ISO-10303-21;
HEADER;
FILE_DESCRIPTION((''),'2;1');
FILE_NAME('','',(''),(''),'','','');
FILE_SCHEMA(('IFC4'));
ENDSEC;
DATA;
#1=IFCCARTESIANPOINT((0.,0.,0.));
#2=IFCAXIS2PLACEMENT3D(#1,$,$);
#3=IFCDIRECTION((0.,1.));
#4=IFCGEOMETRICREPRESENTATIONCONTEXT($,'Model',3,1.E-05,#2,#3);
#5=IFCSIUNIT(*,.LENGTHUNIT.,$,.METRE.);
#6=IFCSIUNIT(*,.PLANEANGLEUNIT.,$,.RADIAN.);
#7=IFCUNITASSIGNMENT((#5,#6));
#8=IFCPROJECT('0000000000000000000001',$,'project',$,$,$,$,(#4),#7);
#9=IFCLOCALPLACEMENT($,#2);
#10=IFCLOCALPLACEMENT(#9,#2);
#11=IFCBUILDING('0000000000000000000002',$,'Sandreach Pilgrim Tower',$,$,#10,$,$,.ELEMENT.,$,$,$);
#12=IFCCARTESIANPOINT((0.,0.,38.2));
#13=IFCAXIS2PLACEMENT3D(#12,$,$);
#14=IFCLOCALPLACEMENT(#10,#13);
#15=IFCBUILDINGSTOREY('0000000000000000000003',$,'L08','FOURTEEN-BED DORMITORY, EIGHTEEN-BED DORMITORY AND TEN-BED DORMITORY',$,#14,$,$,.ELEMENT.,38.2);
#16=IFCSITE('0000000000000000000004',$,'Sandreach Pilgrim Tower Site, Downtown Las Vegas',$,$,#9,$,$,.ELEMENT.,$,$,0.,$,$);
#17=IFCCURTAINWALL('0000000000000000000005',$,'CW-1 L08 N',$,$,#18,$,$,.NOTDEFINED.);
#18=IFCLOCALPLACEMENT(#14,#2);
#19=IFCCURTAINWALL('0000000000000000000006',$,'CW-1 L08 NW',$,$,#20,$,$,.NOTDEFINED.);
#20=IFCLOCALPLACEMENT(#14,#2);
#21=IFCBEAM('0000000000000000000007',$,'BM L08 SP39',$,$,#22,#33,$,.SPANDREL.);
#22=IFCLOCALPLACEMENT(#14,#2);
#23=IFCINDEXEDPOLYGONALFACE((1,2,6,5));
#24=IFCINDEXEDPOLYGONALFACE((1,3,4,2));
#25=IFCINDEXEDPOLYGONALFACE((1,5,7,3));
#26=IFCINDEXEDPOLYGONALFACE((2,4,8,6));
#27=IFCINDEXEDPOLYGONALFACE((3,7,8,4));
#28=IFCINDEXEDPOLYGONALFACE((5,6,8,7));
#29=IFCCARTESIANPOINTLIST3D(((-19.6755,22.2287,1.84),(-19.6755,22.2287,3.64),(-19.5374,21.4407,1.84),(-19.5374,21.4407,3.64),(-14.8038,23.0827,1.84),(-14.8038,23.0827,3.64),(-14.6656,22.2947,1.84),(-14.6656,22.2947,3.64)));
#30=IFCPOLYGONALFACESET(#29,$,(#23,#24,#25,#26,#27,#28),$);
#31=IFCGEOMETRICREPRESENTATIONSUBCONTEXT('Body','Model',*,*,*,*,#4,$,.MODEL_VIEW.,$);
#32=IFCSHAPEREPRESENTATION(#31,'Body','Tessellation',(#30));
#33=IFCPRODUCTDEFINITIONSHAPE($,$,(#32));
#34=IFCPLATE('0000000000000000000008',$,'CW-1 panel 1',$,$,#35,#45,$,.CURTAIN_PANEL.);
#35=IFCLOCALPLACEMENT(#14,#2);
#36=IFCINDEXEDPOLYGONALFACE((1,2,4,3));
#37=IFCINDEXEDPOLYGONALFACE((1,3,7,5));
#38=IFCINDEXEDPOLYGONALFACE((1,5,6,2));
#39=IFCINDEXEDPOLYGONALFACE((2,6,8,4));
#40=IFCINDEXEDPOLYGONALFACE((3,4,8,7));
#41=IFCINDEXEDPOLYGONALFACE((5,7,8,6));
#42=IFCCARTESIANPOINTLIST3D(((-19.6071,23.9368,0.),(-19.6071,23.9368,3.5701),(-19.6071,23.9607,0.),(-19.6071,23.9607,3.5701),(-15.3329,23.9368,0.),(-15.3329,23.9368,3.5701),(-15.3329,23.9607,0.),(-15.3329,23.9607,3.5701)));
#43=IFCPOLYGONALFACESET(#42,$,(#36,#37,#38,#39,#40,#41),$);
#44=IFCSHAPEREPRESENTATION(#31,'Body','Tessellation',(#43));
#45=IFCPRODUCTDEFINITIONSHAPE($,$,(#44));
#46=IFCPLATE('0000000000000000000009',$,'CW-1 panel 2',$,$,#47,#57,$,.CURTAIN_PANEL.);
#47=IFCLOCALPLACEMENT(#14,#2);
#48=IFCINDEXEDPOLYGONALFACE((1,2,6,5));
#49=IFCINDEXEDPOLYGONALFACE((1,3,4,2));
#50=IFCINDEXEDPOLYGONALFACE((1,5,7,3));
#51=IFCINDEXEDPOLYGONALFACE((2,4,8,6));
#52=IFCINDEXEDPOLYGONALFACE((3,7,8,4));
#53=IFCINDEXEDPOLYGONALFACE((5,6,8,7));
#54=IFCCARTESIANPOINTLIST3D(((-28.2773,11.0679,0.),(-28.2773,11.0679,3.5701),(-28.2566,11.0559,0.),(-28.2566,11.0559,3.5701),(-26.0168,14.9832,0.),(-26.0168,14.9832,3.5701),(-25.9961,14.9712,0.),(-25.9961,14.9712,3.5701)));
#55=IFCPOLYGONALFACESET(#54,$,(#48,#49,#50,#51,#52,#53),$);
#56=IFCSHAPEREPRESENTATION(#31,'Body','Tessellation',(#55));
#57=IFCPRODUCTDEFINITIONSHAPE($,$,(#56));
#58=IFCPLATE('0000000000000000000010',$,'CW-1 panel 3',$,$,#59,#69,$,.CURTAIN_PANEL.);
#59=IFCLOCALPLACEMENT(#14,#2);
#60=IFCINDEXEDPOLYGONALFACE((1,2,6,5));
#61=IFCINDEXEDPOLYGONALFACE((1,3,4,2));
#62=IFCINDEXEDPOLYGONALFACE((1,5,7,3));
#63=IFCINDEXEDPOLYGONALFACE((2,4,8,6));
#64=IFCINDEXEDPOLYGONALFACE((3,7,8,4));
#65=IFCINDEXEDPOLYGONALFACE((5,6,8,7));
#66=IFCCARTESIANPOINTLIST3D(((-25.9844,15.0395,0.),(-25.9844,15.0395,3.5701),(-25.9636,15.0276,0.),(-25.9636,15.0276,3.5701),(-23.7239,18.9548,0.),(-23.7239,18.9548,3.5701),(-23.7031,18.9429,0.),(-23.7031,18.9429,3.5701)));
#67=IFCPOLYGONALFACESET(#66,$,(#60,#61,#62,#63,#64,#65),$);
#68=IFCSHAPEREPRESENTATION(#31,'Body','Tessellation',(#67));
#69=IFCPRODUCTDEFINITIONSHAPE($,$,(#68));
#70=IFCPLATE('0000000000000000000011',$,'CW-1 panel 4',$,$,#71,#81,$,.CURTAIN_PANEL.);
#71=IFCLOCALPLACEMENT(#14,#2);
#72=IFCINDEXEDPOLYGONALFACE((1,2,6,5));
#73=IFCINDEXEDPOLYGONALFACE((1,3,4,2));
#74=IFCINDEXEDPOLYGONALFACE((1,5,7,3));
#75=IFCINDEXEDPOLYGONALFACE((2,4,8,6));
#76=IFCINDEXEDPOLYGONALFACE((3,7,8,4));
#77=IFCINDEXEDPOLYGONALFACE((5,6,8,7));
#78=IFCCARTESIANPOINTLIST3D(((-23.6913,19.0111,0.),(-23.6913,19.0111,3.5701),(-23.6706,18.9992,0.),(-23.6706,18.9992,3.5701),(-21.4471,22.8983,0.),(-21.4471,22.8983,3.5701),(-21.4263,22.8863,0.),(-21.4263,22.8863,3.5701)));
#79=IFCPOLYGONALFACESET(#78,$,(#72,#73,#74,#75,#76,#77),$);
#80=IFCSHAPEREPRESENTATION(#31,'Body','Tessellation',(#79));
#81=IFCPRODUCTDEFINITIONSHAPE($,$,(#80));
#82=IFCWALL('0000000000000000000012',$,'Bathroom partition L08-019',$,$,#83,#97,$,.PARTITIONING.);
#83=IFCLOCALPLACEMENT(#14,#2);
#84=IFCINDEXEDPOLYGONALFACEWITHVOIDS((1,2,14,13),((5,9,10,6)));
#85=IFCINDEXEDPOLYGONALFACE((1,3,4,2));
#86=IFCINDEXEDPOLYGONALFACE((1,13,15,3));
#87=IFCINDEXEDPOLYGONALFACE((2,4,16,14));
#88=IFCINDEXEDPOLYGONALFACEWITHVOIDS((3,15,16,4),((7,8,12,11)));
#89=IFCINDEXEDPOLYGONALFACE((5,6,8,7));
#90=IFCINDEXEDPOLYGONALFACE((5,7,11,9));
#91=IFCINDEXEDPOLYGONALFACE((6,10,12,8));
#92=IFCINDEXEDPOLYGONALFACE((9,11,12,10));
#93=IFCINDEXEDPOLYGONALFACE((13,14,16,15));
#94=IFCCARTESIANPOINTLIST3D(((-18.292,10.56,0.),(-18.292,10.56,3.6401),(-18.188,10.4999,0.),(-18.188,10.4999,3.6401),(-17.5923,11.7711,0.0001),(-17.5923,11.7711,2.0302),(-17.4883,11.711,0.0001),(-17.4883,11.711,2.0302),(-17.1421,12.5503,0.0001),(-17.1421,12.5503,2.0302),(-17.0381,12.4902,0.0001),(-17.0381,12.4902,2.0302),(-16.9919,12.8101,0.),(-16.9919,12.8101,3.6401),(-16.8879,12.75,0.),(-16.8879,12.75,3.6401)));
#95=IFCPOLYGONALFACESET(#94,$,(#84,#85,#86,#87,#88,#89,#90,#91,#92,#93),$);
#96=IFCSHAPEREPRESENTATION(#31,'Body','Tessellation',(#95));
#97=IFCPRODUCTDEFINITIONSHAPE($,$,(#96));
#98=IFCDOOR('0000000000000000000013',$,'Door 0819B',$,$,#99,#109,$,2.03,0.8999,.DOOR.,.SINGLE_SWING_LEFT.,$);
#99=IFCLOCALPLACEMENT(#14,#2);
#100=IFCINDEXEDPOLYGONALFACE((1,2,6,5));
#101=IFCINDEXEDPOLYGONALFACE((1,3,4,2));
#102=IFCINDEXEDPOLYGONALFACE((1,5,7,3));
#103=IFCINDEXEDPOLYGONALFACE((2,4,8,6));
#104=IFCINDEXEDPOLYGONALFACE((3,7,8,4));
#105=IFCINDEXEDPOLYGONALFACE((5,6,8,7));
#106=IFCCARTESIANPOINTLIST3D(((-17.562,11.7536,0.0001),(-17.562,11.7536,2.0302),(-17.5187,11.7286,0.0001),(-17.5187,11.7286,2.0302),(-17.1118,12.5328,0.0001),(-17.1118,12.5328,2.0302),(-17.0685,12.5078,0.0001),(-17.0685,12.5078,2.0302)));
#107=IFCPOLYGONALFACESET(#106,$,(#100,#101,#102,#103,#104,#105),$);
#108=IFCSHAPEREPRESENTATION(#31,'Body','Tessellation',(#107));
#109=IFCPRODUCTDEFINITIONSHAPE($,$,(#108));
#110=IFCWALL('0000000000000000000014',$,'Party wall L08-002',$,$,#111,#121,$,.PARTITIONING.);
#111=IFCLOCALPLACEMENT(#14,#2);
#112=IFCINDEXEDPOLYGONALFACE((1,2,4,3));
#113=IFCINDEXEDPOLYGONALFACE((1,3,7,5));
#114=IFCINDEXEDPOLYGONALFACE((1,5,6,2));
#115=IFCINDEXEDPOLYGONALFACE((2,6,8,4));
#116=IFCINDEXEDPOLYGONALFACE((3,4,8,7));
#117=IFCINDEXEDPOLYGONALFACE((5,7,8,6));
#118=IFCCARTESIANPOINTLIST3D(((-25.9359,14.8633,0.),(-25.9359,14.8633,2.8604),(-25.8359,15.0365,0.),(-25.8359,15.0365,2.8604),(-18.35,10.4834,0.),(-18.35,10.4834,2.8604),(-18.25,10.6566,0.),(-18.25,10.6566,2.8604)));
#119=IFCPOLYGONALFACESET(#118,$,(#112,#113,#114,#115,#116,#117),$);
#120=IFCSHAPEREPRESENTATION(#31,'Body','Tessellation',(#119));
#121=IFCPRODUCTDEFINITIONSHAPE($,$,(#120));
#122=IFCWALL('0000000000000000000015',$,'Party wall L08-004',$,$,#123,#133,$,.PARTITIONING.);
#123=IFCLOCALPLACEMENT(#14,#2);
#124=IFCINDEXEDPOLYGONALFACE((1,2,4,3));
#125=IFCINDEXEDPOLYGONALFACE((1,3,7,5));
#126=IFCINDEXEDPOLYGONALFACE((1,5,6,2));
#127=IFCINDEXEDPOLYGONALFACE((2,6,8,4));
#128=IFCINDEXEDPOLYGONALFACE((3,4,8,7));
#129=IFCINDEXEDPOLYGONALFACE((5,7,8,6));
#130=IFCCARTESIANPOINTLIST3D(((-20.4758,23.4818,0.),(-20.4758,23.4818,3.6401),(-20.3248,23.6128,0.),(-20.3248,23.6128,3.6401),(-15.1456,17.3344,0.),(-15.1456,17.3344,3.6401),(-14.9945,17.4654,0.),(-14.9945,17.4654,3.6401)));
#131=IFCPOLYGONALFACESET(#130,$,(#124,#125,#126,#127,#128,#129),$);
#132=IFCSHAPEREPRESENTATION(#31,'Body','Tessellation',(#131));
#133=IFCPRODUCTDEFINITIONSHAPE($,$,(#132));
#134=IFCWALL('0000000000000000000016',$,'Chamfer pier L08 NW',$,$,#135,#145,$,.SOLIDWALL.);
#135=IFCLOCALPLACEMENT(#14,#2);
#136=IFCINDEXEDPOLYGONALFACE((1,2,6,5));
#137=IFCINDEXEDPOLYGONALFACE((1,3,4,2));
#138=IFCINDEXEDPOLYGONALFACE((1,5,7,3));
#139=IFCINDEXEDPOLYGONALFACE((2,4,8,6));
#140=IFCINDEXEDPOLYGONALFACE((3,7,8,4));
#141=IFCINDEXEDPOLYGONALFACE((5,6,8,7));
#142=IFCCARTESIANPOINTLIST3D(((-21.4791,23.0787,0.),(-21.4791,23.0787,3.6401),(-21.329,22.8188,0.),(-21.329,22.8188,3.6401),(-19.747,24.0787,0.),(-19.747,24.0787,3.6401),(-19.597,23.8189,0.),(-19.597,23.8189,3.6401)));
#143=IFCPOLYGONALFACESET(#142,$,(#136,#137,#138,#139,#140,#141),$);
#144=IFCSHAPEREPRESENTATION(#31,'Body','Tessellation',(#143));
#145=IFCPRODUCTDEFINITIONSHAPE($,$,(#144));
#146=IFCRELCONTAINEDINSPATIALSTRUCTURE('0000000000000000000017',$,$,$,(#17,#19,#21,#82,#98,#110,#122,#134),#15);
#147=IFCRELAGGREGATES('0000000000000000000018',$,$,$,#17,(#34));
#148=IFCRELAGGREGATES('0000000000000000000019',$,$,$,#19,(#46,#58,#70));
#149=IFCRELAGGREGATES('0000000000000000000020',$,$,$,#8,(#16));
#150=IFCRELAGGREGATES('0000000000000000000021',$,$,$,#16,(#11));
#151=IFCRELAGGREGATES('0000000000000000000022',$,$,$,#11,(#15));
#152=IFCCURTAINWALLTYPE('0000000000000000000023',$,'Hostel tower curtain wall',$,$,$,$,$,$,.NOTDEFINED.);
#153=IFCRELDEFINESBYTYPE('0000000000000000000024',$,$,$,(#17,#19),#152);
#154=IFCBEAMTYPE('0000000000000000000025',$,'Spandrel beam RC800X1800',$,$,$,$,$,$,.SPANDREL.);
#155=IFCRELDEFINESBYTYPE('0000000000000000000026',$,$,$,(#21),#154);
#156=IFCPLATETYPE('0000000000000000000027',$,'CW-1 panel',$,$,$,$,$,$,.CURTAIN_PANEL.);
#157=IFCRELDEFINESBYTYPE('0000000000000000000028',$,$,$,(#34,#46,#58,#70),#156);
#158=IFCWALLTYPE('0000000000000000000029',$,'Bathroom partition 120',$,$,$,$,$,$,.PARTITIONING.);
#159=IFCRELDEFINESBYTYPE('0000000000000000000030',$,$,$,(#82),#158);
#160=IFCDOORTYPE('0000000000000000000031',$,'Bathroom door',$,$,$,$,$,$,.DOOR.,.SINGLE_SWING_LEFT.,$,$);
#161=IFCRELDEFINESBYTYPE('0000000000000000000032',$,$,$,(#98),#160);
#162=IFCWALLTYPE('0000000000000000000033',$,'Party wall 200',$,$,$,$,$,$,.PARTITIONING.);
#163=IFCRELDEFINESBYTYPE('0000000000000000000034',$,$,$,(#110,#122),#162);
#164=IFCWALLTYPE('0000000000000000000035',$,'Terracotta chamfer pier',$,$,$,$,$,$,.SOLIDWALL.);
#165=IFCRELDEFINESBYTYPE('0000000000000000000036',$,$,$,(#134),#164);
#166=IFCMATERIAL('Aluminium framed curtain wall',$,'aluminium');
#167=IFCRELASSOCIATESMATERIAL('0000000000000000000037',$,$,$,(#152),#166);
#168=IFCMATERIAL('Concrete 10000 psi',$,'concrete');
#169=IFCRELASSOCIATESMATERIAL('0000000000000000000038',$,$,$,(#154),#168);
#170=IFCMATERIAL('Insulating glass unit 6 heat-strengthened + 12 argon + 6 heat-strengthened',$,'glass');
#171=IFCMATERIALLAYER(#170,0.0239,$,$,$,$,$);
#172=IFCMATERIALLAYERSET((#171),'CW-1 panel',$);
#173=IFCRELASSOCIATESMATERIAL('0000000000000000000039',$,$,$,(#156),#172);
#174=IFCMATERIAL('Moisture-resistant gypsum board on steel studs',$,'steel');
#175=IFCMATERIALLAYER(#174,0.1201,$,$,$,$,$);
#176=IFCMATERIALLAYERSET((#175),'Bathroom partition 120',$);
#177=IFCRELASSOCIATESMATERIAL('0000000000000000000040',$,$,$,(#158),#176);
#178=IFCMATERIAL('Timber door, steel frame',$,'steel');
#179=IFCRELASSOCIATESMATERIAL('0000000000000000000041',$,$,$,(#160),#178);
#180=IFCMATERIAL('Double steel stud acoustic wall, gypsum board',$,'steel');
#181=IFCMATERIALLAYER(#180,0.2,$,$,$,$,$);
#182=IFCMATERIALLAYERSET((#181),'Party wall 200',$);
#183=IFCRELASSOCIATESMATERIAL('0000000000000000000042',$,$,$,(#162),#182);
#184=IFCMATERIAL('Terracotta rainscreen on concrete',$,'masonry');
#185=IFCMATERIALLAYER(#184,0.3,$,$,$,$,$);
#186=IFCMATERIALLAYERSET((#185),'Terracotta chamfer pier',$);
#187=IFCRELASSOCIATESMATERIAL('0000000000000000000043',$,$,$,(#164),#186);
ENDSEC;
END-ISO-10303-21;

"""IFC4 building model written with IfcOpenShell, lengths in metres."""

from ifc_helpers import new_model, si_unit, direction, frame, frame_2d, origin, origin_2d, place, context, subcontext, project, spatial, rectangle, extrude, material, layer, layer_set, material_profile, profile_set, type_object, element, fill, aggregate, save


model = new_model("IFC4")

# Units and contexts
model_context = context("Model", 3, precision=1e-05, world=origin(), true_north=direction((0.0, 1.0)))
body_context = subcontext(model_context, "Body", "Model", "MODEL_VIEW")
ifc_project = project(units=[si_unit("LENGTHUNIT", "METRE"), si_unit("PLANEANGLEUNIT", "RADIAN")], contexts=[model_context])

# Site, building, storey
site_placement = place(None, origin())
site = spatial("IfcSite", under=ifc_project, at=site_placement, Name="Sandreach Pilgrim Tower Site, Downtown Las Vegas", CompositionType="ELEMENT", RefElevation=0.0)
building_placement = place(site_placement, origin())
building = spatial("IfcBuilding", under=site, at=building_placement, Name="Sandreach Pilgrim Tower", CompositionType="ELEMENT")
storey_placement = place(building_placement, frame((0.0, 0.0, 38.2)))
storey = spatial("IfcBuildingStorey", under=building, at=storey_placement, Name="L08", Description="FOURTEEN-BED DORMITORY, EIGHTEEN-BED DORMITORY AND TEN-BED DORMITORY", CompositionType="ELEMENT", Elevation=38.2)

# Curtain wall
ifc_material_1 = material(Name="Aluminium framed curtain wall", Category="aluminium")
curtain_wall_type = type_object("IfcCurtainWallType", Name="Hostel tower curtain wall", PredefinedType="NOTDEFINED", material=ifc_material_1)
curtain_wall_1_placement = place(storey_placement, origin())
curtain_wall_1 = element("IfcCurtainWall", 1, at=curtain_wall_1_placement, inside=storey, type_object=curtain_wall_type, Name="CW-1 L08 N", PredefinedType="NOTDEFINED")

# Curtain wall
curtain_wall_2_placement = place(storey_placement, origin())
curtain_wall_2 = element("IfcCurtainWall", 2, at=curtain_wall_2_placement, inside=storey, type_object=curtain_wall_type, Name="CW-1 L08 NW", PredefinedType="NOTDEFINED")

# Beam
ifc_material_2 = material(Name="Concrete 10000 psi", Category="concrete")
ifc_material_profile_1 = material_profile(ifc_material_2, rectangle(XDim=0.8, YDim=1.8, at=origin_2d()), Name="RC800X1800")
ifc_profile_set_1 = profile_set([ifc_material_profile_1], Name="Concrete 10000 psi")
beam_type_1 = type_object("IfcBeamType", Name="Spandrel beam RC800X1800", PredefinedType="SPANDREL", material=ifc_profile_set_1)
beam_1_placement = place(storey_placement, frame((-19.6064, 21.8347, 2.74), z_axis=(0.984981, 0.172662, 0.0), x_axis=(-0.172662, 0.984981, 0.0)))
element("IfcBeam", 3, at=beam_1_placement, inside=storey, type_object=beam_type_1, Name="BM L08 SP39", PredefinedType="SPANDREL", context=body_context, shape_type="SweptSolid", body=[
    extrude(rectangle(XDim=0.8, YDim=1.8, at=origin_2d()), origin(), (0.0, 0.0, 1.0), 4.946),
])

# Plates
ifc_material_3 = material(Name="Insulating glass unit 6 heat-strengthened + 12 argon + 6 heat-strengthened", Category="glass")
ifc_layer_1 = layer(ifc_material_3, 0.0239)
ifc_layer_set_1 = layer_set([ifc_layer_1], Name="CW-1 panel")
plate_type = type_object("IfcPlateType", Name="CW-1 panel", PredefinedType="CURTAIN_PANEL", material=ifc_layer_set_1)
plate_1_placement = place(storey_placement, frame((-17.47, 23.9487, 0.0), z_axis=(0.0, 0.0, 1.0), x_axis=(1.0, 0.0, 0.0)))
plate_1 = element("IfcPlate", 4, at=plate_1_placement, type_object=plate_type, Name="CW-1 panel 1", PredefinedType="CURTAIN_PANEL", context=body_context, shape_type="SweptSolid", body=[
    extrude(rectangle(XDim=4.2742, YDim=0.0239, at=origin_2d()), origin(), (0.0, 0.0, 1.0), 3.5701),
])
aggregate(curtain_wall_1, [plate_1])
plate_2_placement = place(storey_placement, frame((-27.1367, 13.0195, 0.0), z_axis=(0.0, 0.0, 1.0), x_axis=(0.5, 0.866025, 0.0)))
plate_2 = element("IfcPlate", 5, at=plate_2_placement, type_object=plate_type, Name="CW-1 panel 2", PredefinedType="CURTAIN_PANEL", context=body_context, shape_type="SweptSolid", body=[
    extrude(rectangle(XDim=4.521, YDim=0.0239, at=origin_2d()), origin(), (0.0, 0.0, 1.0), 3.5701),
])
plate_3_placement = place(storey_placement, frame((-24.8438, 16.9912, 0.0), z_axis=(0.0, 0.0, 1.0), x_axis=(0.5, 0.866025, 0.0)))
plate_3 = element("IfcPlate", 6, at=plate_3_placement, type_object=plate_type, Name="CW-1 panel 3", PredefinedType="CURTAIN_PANEL", context=body_context, shape_type="SweptSolid", body=[
    extrude(rectangle(XDim=4.521, YDim=0.0239, at=origin_2d()), origin(), (0.0, 0.0, 1.0), 3.5701),
])
plate_4_placement = place(storey_placement, frame((-22.5588, 20.9487, 0.0), z_axis=(0.0, 0.0, 1.0), x_axis=(0.5, 0.866025, 0.0)))
plate_4 = element("IfcPlate", 7, at=plate_4_placement, type_object=plate_type, Name="CW-1 panel 4", PredefinedType="CURTAIN_PANEL", context=body_context, shape_type="SweptSolid", body=[
    extrude(rectangle(XDim=4.4885, YDim=0.0239, at=origin_2d()), origin(), (0.0, 0.0, 1.0), 3.5701),
])
aggregate(curtain_wall_2, [plate_2, plate_3, plate_4])

# Wall, opening, door
ifc_material_4 = material(Name="Moisture-resistant gypsum board on steel studs", Category="steel")
ifc_layer_2 = layer(ifc_material_4, 0.1201)
ifc_layer_set_2 = layer_set([ifc_layer_2], Name="Bathroom partition 120")
wall_type_1 = type_object("IfcWallType", Name="Bathroom partition 120", PredefinedType="PARTITIONING", material=ifc_layer_set_2)
wall_1_placement = place(storey_placement, frame((-16.9399, 12.78, 0.0), z_axis=(0.0, 0.0, 1.0), x_axis=(-0.500292, -0.865857, 0.0)))
wall_1 = element("IfcWall", 8, at=wall_1_placement, inside=storey, type_object=wall_type_1, Name="Bathroom partition L08-019", PredefinedType="PARTITIONING", context=body_context, shape_type="SweptSolid", body=[
    extrude(rectangle(XDim=2.5986, YDim=0.1201, at=frame_2d((1.2993, 0.0))), origin(), (0.0, 0.0, 1.0), 3.6401),
])
opening_placement = place(wall_1_placement, frame((0.3, 0.0, 0.0)))
opening = element("IfcOpeningElement", 9, at=opening_placement, cuts=wall_1, PredefinedType="OPENING", context=body_context, shape_type="SweptSolid", body=[
    extrude(rectangle(XDim=0.8999, YDim=2.03, at=frame_2d((0.45, 1.0151))), frame((0.0, 0.0601, 0.0), z_axis=(0.0, -1.0, 0.0), x_axis=(1.0, 0.0, 0.0)), (0.0, 0.0, 1.0), 0.1201),
])
ifc_material_5 = material(Name="Timber door, steel frame", Category="steel")
door_type = type_object("IfcDoorType", Name="Bathroom door", OperationType="SINGLE_SWING_LEFT", PredefinedType="DOOR", material=ifc_material_5)
door_placement = place(opening_placement, origin())
door = element("IfcDoor", 10, at=door_placement, inside=storey, type_object=door_type, Name="Door 0819B", OperationType="SINGLE_SWING_LEFT", OverallHeight=2.03, OverallWidth=0.8999, PredefinedType="DOOR", context=body_context, shape_type="SweptSolid", body=[
    extrude(rectangle(XDim=0.8999, YDim=2.03, at=frame_2d((0.45, 1.0151))), frame((0.0, 0.0249, 0.0), z_axis=(0.0, -1.0, 0.0), x_axis=(1.0, 0.0, 0.0)), (0.0, 0.0, 1.0), 0.05),
])
fill(opening, door)

# Walls
ifc_material_6 = material(Name="Double steel stud acoustic wall, gypsum board", Category="steel")
ifc_layer_3 = layer(ifc_material_6, 0.2)
ifc_layer_set_3 = layer_set([ifc_layer_3], Name="Party wall 200")
wall_type_2 = type_object("IfcWallType", Name="Party wall 200", PredefinedType="PARTITIONING", material=ifc_layer_set_3)
wall_2_placement = place(storey_placement, frame((-25.886, 14.95, 0.0), z_axis=(0.0, 0.0, 1.0), x_axis=(0.866018, -0.500012, 0.0)))
element("IfcWall", 11, at=wall_2_placement, inside=storey, type_object=wall_type_2, Name="Party wall L08-002", PredefinedType="PARTITIONING", context=body_context, shape_type="SweptSolid", body=[
    extrude(rectangle(XDim=8.7595, YDim=0.2, at=frame_2d((4.3799, 0.0))), origin(), (0.0, 0.0, 1.0), 2.8604),
])
wall_3_placement = place(storey_placement, frame((-20.4004, 23.5474, 0.0), z_axis=(0.0, 0.0, 1.0), x_axis=(0.655108, -0.755536, 0.0)))
element("IfcWall", 12, at=wall_3_placement, inside=storey, type_object=wall_type_2, Name="Party wall L08-004", PredefinedType="PARTITIONING", context=body_context, shape_type="SweptSolid", body=[
    extrude(rectangle(XDim=8.1365, YDim=0.2, at=frame_2d((4.0684, 0.0))), origin(), (0.0, 0.0, 1.0), 3.6401),
])
ifc_material_7 = material(Name="Terracotta rainscreen on concrete", Category="masonry")
ifc_layer_4 = layer(ifc_material_7, 0.3)
ifc_layer_set_4 = layer_set([ifc_layer_4], Name="Terracotta chamfer pier")
wall_type_3 = type_object("IfcWallType", Name="Terracotta chamfer pier", PredefinedType="SOLIDWALL", material=ifc_layer_set_4)
wall_4_placement = place(storey_placement, frame((-21.4041, 22.9487, 0.0), z_axis=(0.0, 0.0, 1.0), x_axis=(0.866011, 0.500025, 0.0)))
element("IfcWall", 13, at=wall_4_placement, inside=storey, type_object=wall_type_3, Name="Chamfer pier L08 NW", PredefinedType="SOLIDWALL", context=body_context, shape_type="SweptSolid", body=[
    extrude(rectangle(XDim=2.0, YDim=0.3, at=frame_2d((1.0, 0.0))), origin(), (0.0, 0.0, 1.0), 3.6401),
])

save(model, "model.ifc")
